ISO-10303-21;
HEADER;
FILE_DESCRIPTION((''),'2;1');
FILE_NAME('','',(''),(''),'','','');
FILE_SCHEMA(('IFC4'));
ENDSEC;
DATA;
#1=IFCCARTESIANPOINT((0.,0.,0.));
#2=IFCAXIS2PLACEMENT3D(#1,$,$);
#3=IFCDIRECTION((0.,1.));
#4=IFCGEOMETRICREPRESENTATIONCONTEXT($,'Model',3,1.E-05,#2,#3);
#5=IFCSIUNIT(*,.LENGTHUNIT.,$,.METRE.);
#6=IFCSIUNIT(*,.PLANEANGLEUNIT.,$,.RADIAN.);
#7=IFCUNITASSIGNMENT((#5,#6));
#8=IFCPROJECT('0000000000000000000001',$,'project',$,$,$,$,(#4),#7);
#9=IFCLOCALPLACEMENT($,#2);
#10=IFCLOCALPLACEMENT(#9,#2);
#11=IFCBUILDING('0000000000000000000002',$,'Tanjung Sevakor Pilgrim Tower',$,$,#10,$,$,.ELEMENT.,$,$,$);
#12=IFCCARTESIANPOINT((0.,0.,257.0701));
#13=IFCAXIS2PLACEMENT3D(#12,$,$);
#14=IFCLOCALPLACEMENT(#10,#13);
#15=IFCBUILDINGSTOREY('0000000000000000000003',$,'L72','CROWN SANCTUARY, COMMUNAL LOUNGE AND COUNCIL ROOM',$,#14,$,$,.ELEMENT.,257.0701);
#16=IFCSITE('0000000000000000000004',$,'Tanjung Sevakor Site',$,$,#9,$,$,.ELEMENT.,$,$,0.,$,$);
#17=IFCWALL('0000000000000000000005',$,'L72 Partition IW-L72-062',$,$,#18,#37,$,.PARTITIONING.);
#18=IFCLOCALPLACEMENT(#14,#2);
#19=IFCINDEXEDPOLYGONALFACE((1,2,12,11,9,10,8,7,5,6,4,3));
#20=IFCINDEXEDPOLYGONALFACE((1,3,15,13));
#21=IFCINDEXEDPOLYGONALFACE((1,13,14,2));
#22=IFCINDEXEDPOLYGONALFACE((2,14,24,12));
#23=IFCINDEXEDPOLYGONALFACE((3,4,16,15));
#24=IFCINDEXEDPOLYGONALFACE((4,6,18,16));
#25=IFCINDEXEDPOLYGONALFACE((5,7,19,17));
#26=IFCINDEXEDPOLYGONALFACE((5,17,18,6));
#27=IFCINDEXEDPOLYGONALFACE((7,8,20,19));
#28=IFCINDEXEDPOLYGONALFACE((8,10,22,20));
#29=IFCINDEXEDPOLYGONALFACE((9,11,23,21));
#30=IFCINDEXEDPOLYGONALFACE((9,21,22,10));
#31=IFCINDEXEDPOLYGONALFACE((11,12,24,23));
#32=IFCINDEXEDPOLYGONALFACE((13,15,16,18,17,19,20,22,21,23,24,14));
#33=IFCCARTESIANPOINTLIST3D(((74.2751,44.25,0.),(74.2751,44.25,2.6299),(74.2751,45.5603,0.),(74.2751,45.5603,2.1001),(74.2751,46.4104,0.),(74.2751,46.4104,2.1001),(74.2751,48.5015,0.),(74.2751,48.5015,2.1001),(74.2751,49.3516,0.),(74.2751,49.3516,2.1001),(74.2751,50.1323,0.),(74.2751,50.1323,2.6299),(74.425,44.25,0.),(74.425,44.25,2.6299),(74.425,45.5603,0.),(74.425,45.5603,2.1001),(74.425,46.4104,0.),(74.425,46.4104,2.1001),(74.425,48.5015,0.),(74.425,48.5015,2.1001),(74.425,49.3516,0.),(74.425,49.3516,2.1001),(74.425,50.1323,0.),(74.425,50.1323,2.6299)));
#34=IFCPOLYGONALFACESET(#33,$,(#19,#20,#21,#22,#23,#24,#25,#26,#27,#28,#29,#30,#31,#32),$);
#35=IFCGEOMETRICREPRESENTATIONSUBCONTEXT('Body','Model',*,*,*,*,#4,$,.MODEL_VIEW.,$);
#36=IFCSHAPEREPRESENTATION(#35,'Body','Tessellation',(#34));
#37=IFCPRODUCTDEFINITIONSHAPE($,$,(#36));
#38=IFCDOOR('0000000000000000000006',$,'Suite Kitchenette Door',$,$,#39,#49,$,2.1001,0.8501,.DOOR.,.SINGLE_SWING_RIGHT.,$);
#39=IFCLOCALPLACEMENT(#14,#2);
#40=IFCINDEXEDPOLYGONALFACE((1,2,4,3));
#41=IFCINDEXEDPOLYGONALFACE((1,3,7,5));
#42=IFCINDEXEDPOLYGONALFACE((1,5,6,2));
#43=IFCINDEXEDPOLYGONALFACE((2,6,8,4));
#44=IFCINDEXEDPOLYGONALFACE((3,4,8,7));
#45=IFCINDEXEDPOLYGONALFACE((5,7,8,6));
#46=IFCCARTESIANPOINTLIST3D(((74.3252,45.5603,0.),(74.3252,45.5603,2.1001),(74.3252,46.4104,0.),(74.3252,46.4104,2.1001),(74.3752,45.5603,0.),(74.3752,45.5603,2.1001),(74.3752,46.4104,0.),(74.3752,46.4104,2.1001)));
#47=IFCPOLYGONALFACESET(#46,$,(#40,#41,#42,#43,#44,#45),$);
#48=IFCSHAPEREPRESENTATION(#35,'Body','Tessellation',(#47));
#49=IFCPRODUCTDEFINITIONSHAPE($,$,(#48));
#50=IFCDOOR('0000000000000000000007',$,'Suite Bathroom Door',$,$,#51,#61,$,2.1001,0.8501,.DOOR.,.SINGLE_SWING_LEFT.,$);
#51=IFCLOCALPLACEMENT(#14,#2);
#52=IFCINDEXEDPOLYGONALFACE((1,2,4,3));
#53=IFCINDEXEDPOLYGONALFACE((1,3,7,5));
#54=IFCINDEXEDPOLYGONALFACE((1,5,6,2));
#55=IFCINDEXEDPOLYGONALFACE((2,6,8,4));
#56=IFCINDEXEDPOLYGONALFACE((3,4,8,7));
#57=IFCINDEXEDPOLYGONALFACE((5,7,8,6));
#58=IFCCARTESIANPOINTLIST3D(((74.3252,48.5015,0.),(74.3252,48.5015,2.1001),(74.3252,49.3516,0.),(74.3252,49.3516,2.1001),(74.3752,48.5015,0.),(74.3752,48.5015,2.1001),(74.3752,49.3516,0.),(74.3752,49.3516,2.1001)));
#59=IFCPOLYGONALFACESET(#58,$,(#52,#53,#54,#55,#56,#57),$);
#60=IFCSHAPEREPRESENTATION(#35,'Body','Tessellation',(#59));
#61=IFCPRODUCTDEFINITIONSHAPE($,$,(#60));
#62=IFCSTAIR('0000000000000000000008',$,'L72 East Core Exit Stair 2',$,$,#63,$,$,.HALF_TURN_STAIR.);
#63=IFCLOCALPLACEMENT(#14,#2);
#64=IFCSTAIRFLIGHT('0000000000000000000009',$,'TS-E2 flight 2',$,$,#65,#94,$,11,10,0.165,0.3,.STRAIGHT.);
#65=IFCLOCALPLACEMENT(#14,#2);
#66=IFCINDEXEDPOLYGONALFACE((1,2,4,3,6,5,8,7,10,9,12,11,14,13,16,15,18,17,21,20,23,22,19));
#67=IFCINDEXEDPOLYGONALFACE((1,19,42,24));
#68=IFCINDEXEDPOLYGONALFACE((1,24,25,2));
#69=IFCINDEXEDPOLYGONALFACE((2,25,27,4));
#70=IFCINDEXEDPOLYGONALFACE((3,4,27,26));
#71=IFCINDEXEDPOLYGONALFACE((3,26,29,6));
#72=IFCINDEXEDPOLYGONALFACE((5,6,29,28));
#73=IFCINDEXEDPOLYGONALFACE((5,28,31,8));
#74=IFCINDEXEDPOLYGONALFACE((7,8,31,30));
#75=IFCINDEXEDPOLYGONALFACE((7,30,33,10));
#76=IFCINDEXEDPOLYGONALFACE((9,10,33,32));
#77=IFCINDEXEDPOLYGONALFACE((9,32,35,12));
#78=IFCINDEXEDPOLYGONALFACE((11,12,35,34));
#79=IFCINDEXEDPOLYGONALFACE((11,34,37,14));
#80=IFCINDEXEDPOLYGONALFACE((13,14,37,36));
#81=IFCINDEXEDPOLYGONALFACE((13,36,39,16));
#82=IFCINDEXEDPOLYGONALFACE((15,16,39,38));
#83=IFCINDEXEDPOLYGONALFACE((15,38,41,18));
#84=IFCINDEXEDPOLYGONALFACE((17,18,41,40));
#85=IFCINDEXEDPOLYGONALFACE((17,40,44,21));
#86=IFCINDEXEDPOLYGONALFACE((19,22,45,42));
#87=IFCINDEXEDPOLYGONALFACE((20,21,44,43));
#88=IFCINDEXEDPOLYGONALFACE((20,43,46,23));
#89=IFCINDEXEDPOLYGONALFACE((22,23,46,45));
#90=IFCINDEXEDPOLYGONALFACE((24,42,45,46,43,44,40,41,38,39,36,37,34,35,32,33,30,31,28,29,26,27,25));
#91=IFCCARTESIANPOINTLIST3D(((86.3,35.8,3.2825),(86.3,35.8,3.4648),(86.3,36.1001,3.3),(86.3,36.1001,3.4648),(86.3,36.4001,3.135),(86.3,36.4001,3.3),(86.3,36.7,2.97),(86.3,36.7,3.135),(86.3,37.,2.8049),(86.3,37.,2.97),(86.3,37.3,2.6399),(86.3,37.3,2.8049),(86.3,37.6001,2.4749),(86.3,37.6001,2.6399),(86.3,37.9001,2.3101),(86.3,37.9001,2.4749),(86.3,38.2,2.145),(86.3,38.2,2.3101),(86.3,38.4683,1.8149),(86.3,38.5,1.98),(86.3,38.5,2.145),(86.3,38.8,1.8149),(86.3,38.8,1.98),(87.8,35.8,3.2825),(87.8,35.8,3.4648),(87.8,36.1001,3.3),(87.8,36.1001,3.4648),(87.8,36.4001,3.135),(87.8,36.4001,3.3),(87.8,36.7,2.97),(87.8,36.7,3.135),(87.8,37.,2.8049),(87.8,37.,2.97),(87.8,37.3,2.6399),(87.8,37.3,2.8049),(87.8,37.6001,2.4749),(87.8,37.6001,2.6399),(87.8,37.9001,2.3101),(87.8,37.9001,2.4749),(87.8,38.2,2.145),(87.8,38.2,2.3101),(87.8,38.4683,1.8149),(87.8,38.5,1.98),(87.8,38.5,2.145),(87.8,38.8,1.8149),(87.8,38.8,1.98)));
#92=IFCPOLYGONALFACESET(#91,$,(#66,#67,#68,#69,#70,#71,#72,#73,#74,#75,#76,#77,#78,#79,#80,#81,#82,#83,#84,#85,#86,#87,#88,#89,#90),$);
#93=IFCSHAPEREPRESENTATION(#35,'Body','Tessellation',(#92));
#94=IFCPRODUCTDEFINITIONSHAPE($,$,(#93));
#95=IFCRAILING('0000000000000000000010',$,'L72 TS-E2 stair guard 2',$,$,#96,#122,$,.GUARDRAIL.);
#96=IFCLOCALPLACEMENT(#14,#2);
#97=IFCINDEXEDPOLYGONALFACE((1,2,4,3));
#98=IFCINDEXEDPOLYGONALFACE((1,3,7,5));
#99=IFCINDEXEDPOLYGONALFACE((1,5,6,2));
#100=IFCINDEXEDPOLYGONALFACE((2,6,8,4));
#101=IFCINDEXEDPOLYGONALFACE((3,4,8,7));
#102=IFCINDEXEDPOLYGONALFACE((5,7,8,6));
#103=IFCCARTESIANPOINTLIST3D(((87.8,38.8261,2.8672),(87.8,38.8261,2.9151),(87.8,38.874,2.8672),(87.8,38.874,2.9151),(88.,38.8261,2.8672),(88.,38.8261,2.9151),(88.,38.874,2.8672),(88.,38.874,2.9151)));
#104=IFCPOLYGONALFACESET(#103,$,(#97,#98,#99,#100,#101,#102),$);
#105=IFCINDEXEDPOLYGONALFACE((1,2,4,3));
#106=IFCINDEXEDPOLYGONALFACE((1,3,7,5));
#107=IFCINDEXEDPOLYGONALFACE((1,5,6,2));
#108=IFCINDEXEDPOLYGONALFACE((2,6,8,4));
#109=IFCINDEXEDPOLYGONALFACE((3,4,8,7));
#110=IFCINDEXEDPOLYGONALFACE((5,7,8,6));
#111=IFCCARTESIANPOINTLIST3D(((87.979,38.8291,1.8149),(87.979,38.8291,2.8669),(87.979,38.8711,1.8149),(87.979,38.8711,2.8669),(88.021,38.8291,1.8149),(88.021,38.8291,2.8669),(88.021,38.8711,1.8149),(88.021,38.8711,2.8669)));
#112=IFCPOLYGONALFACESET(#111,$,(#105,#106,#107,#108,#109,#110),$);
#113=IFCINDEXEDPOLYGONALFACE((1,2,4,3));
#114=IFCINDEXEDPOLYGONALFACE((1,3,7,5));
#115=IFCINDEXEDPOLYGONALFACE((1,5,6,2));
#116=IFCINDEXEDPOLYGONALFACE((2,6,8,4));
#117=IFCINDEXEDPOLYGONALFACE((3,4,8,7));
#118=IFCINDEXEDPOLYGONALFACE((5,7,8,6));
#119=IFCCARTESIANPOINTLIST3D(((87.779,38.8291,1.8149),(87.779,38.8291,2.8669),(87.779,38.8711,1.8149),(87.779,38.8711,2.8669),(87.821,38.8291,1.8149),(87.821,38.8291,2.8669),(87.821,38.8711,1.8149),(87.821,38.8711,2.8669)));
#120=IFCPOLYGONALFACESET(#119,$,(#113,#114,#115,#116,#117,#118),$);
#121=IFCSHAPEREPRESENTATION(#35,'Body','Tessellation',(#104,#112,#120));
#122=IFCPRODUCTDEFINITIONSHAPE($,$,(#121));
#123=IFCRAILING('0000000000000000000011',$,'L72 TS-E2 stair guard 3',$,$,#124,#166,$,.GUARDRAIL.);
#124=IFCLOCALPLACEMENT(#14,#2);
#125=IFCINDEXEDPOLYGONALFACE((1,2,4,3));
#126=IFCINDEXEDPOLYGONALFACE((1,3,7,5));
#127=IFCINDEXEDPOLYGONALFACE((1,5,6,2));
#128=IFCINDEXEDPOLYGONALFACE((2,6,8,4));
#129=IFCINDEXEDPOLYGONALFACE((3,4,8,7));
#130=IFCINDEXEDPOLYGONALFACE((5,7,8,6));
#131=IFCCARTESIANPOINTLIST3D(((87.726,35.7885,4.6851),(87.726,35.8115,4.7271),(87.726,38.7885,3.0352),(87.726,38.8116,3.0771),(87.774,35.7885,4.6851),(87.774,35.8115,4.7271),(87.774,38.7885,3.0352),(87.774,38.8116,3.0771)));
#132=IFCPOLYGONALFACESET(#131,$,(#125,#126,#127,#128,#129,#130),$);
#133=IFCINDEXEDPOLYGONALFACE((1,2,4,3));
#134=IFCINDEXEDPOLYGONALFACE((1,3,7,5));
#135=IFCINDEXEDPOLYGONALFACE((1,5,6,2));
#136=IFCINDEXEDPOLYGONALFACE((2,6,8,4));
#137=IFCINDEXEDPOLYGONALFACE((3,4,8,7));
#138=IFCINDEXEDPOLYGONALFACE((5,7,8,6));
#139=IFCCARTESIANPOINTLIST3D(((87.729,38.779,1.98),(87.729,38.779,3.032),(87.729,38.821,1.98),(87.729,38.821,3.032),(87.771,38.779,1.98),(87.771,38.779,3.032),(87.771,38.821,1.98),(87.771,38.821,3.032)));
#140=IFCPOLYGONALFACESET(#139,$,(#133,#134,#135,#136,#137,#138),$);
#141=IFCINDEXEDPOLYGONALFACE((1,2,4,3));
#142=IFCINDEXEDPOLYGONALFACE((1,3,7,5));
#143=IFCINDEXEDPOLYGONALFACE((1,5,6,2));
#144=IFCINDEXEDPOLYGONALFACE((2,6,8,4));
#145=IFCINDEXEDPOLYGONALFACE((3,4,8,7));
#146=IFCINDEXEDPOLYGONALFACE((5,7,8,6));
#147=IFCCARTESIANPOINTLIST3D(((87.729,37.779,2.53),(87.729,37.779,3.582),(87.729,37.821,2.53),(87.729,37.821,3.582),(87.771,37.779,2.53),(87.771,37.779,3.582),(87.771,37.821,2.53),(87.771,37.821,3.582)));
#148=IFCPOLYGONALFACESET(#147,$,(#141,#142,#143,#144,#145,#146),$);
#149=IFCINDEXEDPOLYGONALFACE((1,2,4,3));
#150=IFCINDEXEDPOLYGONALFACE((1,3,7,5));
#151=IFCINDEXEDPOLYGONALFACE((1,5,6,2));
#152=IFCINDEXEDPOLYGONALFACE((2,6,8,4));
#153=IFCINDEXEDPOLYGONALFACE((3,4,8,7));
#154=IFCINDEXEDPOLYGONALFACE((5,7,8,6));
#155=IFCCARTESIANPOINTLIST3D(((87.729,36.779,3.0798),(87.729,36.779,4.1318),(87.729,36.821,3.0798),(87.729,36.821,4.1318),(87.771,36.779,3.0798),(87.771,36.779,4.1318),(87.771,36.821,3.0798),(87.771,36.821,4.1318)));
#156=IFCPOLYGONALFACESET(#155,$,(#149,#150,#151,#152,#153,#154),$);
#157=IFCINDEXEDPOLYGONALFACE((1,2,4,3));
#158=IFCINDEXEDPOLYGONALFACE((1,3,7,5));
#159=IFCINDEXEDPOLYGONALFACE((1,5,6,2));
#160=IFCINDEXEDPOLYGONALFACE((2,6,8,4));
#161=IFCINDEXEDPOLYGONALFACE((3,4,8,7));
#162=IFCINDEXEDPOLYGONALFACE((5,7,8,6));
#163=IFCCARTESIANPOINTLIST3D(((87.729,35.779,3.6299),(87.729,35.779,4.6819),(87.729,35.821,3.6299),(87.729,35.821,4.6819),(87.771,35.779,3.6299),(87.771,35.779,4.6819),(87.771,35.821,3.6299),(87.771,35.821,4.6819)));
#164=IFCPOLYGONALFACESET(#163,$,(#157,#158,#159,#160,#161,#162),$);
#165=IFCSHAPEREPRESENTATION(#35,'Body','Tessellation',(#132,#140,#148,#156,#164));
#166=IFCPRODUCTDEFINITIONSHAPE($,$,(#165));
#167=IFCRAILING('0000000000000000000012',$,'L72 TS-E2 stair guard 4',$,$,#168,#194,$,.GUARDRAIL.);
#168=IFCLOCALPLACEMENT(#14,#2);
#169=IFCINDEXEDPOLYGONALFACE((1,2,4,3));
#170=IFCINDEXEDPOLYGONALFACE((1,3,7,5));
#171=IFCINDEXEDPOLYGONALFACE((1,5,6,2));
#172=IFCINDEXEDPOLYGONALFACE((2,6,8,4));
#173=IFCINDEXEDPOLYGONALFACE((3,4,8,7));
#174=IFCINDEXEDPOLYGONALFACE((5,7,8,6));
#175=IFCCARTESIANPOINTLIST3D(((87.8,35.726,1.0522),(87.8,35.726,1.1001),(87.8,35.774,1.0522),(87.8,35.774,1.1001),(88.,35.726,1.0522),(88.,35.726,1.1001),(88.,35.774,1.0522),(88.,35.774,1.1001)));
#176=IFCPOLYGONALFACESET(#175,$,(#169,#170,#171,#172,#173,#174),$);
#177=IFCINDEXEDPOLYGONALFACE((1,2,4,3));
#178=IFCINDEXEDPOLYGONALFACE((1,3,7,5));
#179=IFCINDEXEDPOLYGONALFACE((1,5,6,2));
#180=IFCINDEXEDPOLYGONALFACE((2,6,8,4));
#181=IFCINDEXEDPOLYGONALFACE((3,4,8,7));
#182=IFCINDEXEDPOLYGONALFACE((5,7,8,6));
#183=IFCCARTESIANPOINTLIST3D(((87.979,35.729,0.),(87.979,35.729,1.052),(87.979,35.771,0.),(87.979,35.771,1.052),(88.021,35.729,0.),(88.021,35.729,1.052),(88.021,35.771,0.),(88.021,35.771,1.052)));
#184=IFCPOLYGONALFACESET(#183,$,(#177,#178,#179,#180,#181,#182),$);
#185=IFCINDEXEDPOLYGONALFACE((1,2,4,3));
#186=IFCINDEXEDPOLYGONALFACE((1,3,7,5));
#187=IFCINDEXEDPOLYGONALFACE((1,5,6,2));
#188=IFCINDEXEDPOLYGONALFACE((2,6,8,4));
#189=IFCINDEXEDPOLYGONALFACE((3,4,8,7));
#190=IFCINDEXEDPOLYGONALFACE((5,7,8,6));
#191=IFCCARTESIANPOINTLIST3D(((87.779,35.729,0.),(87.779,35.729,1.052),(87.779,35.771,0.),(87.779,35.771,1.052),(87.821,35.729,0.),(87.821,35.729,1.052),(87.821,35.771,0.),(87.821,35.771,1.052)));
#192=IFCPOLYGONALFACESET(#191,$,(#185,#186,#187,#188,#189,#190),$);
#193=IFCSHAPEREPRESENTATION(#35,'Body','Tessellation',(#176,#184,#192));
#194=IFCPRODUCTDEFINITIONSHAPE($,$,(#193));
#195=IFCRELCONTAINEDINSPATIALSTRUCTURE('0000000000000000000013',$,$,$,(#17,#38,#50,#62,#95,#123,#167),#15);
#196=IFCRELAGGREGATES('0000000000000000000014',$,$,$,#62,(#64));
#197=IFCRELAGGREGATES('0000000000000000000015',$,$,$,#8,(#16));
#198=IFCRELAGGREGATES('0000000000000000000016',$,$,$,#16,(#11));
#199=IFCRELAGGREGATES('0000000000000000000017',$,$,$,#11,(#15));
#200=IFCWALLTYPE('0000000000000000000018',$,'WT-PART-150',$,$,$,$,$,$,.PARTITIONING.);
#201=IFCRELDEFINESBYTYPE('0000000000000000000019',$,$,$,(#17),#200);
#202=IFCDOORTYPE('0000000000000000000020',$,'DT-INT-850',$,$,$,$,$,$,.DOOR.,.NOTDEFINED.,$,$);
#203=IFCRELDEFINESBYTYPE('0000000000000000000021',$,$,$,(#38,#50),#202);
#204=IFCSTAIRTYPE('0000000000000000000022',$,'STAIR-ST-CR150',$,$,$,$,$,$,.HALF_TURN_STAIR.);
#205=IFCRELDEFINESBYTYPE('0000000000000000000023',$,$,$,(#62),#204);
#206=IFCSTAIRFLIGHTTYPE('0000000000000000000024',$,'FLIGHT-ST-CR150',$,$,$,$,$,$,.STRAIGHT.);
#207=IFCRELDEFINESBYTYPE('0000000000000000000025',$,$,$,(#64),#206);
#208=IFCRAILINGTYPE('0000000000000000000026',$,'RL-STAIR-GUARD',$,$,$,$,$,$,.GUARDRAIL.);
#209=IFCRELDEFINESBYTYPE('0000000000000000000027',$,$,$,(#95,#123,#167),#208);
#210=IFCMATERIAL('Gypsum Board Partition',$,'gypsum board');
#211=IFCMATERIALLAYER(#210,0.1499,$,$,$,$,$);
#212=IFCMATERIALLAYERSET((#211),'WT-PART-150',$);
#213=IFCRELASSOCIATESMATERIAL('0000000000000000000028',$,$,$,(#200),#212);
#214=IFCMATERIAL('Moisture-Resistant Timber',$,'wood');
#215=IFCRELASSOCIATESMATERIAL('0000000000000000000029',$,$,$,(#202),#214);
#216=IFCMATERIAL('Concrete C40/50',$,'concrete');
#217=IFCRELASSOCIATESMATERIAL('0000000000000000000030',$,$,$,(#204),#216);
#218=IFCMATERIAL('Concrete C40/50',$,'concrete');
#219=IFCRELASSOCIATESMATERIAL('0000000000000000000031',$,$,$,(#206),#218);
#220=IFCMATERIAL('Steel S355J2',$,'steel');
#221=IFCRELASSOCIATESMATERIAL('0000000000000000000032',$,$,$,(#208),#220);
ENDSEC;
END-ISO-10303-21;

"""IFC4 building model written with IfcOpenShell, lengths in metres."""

from ifc_helpers import new_model, si_unit, direction, frame, frame_2d, origin, place, context, subcontext, project, spatial, polyline, rectangle, outline, extrude, material, layer, layer_set, type_object, element, fill, aggregate, save


model = new_model("IFC4")

# Units and contexts
model_context = context("Model", 3, precision=1e-05, world=origin(), true_north=direction((0.0, 1.0)))
body_context = subcontext(model_context, "Body", "Model", "MODEL_VIEW")
ifc_project = project(units=[si_unit("LENGTHUNIT", "METRE"), si_unit("PLANEANGLEUNIT", "RADIAN")], contexts=[model_context])

# Site, building, storey
site_placement = place(None, origin())
site = spatial("IfcSite", under=ifc_project, at=site_placement, Name="Tanjung Sevakor Site", CompositionType="ELEMENT", RefElevation=0.0)
building_placement = place(site_placement, origin())
building = spatial("IfcBuilding", under=site, at=building_placement, Name="Tanjung Sevakor Pilgrim Tower", CompositionType="ELEMENT")
storey_placement = place(building_placement, frame((0.0, 0.0, 257.0701)))
storey = spatial("IfcBuildingStorey", under=building, at=storey_placement, Name="L72", Description="CROWN SANCTUARY, COMMUNAL LOUNGE AND COUNCIL ROOM", CompositionType="ELEMENT", Elevation=257.0701)

# Wall, openings, doors
ifc_material_1 = material(Name="Gypsum Board Partition", Category="gypsum board")
ifc_layer_1 = layer(ifc_material_1, 0.1499)
ifc_layer_set_1 = layer_set([ifc_layer_1], Name="WT-PART-150")
wall_type_1 = type_object("IfcWallType", Name="WT-PART-150", PredefinedType="PARTITIONING", material=ifc_layer_set_1)
wall_1_placement = place(storey_placement, frame((74.3501, 44.25, 0.0), z_axis=(0.0, 0.0, 1.0), x_axis=(0.0, 1.0, 0.0)))
wall_1 = element("IfcWall", 1, at=wall_1_placement, inside=storey, type_object=wall_type_1, Name="L72 Partition IW-L72-062", PredefinedType="PARTITIONING", context=body_context, shape_type="SweptSolid", body=[
    extrude(rectangle(XDim=5.8823, YDim=0.1499, at=frame_2d((2.9412, 0.0))), origin(), (0.0, 0.0, 1.0), 2.6299),
])
opening_1_placement = place(wall_1_placement, frame((1.3103, 0.0, 0.0)))
opening_1 = element("IfcOpeningElement", 2, at=opening_1_placement, cuts=wall_1, PredefinedType="OPENING", context=body_context, shape_type="SweptSolid", body=[
    extrude(rectangle(XDim=0.8501, YDim=2.1001, at=frame_2d((0.425, 1.05))), frame((0.0, 0.085, 0.0), z_axis=(0.0, -1.0, 0.0), x_axis=(1.0, 0.0, 0.0)), (0.0, 0.0, 1.0), 0.1699),
])
opening_2_placement = place(wall_1_placement, frame((4.2515, 0.0, 0.0)))
opening_2 = element("IfcOpeningElement", 3, at=opening_2_placement, cuts=wall_1, PredefinedType="OPENING", context=body_context, shape_type="SweptSolid", body=[
    extrude(rectangle(XDim=0.8501, YDim=2.1001, at=frame_2d((0.425, 1.05))), frame((0.0, 0.085, 0.0), z_axis=(0.0, -1.0, 0.0), x_axis=(1.0, 0.0, 0.0)), (0.0, 0.0, 1.0), 0.1699),
])
ifc_material_2 = material(Name="Moisture-Resistant Timber", Category="wood")
door_type_1 = type_object("IfcDoorType", Name="DT-INT-850", OperationType="NOTDEFINED", PredefinedType="DOOR", material=ifc_material_2)
door_1_placement = place(opening_1_placement, origin())
door_1 = element("IfcDoor", 4, at=door_1_placement, inside=storey, type_object=door_type_1, Name="Suite Kitchenette Door", OperationType="SINGLE_SWING_RIGHT", OverallHeight=2.1001, OverallWidth=0.8501, PredefinedType="DOOR", context=body_context, shape_type="SweptSolid", body=[
    extrude(rectangle(XDim=0.8501, YDim=2.1001, at=frame_2d((0.425, 1.05))), frame((0.0, 0.0249, 0.0), z_axis=(0.0, -1.0, 0.0), x_axis=(1.0, 0.0, 0.0)), (0.0, 0.0, 1.0), 0.05),
])
fill(opening_1, door_1)
door_2_placement = place(opening_2_placement, origin())
door_2 = element("IfcDoor", 5, at=door_2_placement, inside=storey, type_object=door_type_1, Name="Suite Bathroom Door", OperationType="SINGLE_SWING_LEFT", OverallHeight=2.1001, OverallWidth=0.8501, PredefinedType="DOOR", context=body_context, shape_type="SweptSolid", body=[
    extrude(rectangle(XDim=0.8501, YDim=2.1001, at=frame_2d((0.425, 1.05))), frame((0.0, 0.0249, 0.0), z_axis=(0.0, -1.0, 0.0), x_axis=(1.0, 0.0, 0.0)), (0.0, 0.0, 1.0), 0.05),
])
fill(opening_2, door_2)

# Stair, stair flight
ifc_material_3 = material(Name="Concrete C40/50", Category="concrete")
stair_type = type_object("IfcStairType", Name="STAIR-ST-CR150", PredefinedType="HALF_TURN_STAIR", material=ifc_material_3)
stair_placement = place(storey_placement, origin())
stair = element("IfcStair", 6, at=stair_placement, inside=storey, type_object=stair_type, Name="L72 East Core Exit Stair 2", PredefinedType="HALF_TURN_STAIR")
ifc_material_4 = material(Name="Concrete C40/50", Category="concrete")
stair_flight_type = type_object("IfcStairFlightType", Name="FLIGHT-ST-CR150", PredefinedType="STRAIGHT", material=ifc_material_4)
stair_flight_placement = place(storey_placement, frame((87.05, 38.8, 1.8149), z_axis=(0.0, 0.0, 1.0), x_axis=(0.0, -1.0, 0.0)))
stair_flight = element("IfcStairFlight", 7, at=stair_flight_placement, type_object=stair_flight_type, Name="TS-E2 flight 2", NumberOfRisers=11, NumberOfTreads=10, PredefinedType="STRAIGHT", RiserHeight=0.165, TreadLength=0.3, context=body_context, shape_type="SweptSolid", body=[
    extrude(outline(polyline([(0.0, 0.0), (0.0, 0.165), (0.3, 0.165), (0.3, 0.3301), (0.6001, 0.3301), (0.6001, 0.4951), (0.8999, 0.4951), (0.8999, 0.6599), (1.2, 0.6599), (1.2, 0.825), (1.5, 0.825), (1.5, 0.99), (1.8, 0.99), (1.8, 1.155), (2.1001, 1.155), (2.1001, 1.3201), (2.3999, 1.3201), (2.3999, 1.4851), (2.7, 1.4851), (2.7, 1.6499), (3.0, 1.6499), (3.0, 1.8149), (3.0, 1.4675), (0.3318, 0.0), (0.0, 0.0)])), frame((0.0, 0.75, 0.0), z_axis=(0.0, -1.0, 0.0), x_axis=(1.0, 0.0, 0.0)), (0.0, 0.0, 1.0), 1.5),
])
aggregate(stair, [stair_flight])

# Railings
ifc_material_5 = material(Name="Steel S355J2", Category="steel")
railing_type_1 = type_object("IfcRailingType", Name="RL-STAIR-GUARD", PredefinedType="GUARDRAIL", material=ifc_material_5)
railing_1_placement = place(storey_placement, frame((88.0, 38.8501, 1.8149)))
element("IfcRailing", 8, at=railing_1_placement, inside=storey, type_object=railing_type_1, Name="L72 TS-E2 stair guard 2", PredefinedType="GUARDRAIL", context=body_context, shape_type="SweptSolid", body=[
    extrude(rectangle(XDim=0.0479, YDim=0.0479), frame((0.0, 0.0, 1.0762), z_axis=(-1.0, 0.0, 0.0), x_axis=(0.0, -1.0, 0.0)), (0.0, 0.0, 1.0), 0.2),
    extrude(rectangle(XDim=0.042, YDim=0.042), origin(), (0.0, 0.0, 1.0), 1.052),
    extrude(rectangle(XDim=0.042, YDim=0.042), frame((-0.2, 0.0, 0.0)), (0.0, 0.0, 1.0), 1.052),
])
railing_2_placement = place(storey_placement, frame((87.75, 38.8, 1.98)))
element("IfcRailing", 9, at=railing_2_placement, inside=storey, type_object=railing_type_1, Name="L72 TS-E2 stair guard 3", PredefinedType="GUARDRAIL", context=body_context, shape_type="SweptSolid", body=[
    extrude(rectangle(XDim=0.0479, YDim=0.0479), frame((0.0, 0.0, 1.0762), z_axis=(0.0, -0.876228, 0.481897), x_axis=(1.0, 0.0, 0.0)), (0.0, 0.0, 1.0), 3.4238),
    extrude(rectangle(XDim=0.042, YDim=0.042), origin(), (0.0, 0.0, 1.0), 1.052),
    extrude(rectangle(XDim=0.042, YDim=0.042), frame((0.0, -1.0, 0.55)), (0.0, 0.0, 1.0), 1.052),
    extrude(rectangle(XDim=0.042, YDim=0.042), frame((0.0, -2.0, 1.0999)), (0.0, 0.0, 1.0), 1.052),
    extrude(rectangle(XDim=0.042, YDim=0.042), frame((0.0, -3.0, 1.6499)), (0.0, 0.0, 1.0), 1.052),
])
railing_3_placement = place(storey_placement, frame((88.0, 35.75, 0.0)))
element("IfcRailing", 10, at=railing_3_placement, inside=storey, type_object=railing_type_1, Name="L72 TS-E2 stair guard 4", PredefinedType="GUARDRAIL", context=body_context, shape_type="SweptSolid", body=[
    extrude(rectangle(XDim=0.0479, YDim=0.0479), frame((0.0, 0.0, 1.0762), z_axis=(-1.0, 0.0, 0.0), x_axis=(0.0, -1.0, 0.0)), (0.0, 0.0, 1.0), 0.2),
    extrude(rectangle(XDim=0.042, YDim=0.042), origin(), (0.0, 0.0, 1.0), 1.052),
    extrude(rectangle(XDim=0.042, YDim=0.042), frame((-0.2, 0.0, 0.0)), (0.0, 0.0, 1.0), 1.052),
])

save(model, "model.ifc")
